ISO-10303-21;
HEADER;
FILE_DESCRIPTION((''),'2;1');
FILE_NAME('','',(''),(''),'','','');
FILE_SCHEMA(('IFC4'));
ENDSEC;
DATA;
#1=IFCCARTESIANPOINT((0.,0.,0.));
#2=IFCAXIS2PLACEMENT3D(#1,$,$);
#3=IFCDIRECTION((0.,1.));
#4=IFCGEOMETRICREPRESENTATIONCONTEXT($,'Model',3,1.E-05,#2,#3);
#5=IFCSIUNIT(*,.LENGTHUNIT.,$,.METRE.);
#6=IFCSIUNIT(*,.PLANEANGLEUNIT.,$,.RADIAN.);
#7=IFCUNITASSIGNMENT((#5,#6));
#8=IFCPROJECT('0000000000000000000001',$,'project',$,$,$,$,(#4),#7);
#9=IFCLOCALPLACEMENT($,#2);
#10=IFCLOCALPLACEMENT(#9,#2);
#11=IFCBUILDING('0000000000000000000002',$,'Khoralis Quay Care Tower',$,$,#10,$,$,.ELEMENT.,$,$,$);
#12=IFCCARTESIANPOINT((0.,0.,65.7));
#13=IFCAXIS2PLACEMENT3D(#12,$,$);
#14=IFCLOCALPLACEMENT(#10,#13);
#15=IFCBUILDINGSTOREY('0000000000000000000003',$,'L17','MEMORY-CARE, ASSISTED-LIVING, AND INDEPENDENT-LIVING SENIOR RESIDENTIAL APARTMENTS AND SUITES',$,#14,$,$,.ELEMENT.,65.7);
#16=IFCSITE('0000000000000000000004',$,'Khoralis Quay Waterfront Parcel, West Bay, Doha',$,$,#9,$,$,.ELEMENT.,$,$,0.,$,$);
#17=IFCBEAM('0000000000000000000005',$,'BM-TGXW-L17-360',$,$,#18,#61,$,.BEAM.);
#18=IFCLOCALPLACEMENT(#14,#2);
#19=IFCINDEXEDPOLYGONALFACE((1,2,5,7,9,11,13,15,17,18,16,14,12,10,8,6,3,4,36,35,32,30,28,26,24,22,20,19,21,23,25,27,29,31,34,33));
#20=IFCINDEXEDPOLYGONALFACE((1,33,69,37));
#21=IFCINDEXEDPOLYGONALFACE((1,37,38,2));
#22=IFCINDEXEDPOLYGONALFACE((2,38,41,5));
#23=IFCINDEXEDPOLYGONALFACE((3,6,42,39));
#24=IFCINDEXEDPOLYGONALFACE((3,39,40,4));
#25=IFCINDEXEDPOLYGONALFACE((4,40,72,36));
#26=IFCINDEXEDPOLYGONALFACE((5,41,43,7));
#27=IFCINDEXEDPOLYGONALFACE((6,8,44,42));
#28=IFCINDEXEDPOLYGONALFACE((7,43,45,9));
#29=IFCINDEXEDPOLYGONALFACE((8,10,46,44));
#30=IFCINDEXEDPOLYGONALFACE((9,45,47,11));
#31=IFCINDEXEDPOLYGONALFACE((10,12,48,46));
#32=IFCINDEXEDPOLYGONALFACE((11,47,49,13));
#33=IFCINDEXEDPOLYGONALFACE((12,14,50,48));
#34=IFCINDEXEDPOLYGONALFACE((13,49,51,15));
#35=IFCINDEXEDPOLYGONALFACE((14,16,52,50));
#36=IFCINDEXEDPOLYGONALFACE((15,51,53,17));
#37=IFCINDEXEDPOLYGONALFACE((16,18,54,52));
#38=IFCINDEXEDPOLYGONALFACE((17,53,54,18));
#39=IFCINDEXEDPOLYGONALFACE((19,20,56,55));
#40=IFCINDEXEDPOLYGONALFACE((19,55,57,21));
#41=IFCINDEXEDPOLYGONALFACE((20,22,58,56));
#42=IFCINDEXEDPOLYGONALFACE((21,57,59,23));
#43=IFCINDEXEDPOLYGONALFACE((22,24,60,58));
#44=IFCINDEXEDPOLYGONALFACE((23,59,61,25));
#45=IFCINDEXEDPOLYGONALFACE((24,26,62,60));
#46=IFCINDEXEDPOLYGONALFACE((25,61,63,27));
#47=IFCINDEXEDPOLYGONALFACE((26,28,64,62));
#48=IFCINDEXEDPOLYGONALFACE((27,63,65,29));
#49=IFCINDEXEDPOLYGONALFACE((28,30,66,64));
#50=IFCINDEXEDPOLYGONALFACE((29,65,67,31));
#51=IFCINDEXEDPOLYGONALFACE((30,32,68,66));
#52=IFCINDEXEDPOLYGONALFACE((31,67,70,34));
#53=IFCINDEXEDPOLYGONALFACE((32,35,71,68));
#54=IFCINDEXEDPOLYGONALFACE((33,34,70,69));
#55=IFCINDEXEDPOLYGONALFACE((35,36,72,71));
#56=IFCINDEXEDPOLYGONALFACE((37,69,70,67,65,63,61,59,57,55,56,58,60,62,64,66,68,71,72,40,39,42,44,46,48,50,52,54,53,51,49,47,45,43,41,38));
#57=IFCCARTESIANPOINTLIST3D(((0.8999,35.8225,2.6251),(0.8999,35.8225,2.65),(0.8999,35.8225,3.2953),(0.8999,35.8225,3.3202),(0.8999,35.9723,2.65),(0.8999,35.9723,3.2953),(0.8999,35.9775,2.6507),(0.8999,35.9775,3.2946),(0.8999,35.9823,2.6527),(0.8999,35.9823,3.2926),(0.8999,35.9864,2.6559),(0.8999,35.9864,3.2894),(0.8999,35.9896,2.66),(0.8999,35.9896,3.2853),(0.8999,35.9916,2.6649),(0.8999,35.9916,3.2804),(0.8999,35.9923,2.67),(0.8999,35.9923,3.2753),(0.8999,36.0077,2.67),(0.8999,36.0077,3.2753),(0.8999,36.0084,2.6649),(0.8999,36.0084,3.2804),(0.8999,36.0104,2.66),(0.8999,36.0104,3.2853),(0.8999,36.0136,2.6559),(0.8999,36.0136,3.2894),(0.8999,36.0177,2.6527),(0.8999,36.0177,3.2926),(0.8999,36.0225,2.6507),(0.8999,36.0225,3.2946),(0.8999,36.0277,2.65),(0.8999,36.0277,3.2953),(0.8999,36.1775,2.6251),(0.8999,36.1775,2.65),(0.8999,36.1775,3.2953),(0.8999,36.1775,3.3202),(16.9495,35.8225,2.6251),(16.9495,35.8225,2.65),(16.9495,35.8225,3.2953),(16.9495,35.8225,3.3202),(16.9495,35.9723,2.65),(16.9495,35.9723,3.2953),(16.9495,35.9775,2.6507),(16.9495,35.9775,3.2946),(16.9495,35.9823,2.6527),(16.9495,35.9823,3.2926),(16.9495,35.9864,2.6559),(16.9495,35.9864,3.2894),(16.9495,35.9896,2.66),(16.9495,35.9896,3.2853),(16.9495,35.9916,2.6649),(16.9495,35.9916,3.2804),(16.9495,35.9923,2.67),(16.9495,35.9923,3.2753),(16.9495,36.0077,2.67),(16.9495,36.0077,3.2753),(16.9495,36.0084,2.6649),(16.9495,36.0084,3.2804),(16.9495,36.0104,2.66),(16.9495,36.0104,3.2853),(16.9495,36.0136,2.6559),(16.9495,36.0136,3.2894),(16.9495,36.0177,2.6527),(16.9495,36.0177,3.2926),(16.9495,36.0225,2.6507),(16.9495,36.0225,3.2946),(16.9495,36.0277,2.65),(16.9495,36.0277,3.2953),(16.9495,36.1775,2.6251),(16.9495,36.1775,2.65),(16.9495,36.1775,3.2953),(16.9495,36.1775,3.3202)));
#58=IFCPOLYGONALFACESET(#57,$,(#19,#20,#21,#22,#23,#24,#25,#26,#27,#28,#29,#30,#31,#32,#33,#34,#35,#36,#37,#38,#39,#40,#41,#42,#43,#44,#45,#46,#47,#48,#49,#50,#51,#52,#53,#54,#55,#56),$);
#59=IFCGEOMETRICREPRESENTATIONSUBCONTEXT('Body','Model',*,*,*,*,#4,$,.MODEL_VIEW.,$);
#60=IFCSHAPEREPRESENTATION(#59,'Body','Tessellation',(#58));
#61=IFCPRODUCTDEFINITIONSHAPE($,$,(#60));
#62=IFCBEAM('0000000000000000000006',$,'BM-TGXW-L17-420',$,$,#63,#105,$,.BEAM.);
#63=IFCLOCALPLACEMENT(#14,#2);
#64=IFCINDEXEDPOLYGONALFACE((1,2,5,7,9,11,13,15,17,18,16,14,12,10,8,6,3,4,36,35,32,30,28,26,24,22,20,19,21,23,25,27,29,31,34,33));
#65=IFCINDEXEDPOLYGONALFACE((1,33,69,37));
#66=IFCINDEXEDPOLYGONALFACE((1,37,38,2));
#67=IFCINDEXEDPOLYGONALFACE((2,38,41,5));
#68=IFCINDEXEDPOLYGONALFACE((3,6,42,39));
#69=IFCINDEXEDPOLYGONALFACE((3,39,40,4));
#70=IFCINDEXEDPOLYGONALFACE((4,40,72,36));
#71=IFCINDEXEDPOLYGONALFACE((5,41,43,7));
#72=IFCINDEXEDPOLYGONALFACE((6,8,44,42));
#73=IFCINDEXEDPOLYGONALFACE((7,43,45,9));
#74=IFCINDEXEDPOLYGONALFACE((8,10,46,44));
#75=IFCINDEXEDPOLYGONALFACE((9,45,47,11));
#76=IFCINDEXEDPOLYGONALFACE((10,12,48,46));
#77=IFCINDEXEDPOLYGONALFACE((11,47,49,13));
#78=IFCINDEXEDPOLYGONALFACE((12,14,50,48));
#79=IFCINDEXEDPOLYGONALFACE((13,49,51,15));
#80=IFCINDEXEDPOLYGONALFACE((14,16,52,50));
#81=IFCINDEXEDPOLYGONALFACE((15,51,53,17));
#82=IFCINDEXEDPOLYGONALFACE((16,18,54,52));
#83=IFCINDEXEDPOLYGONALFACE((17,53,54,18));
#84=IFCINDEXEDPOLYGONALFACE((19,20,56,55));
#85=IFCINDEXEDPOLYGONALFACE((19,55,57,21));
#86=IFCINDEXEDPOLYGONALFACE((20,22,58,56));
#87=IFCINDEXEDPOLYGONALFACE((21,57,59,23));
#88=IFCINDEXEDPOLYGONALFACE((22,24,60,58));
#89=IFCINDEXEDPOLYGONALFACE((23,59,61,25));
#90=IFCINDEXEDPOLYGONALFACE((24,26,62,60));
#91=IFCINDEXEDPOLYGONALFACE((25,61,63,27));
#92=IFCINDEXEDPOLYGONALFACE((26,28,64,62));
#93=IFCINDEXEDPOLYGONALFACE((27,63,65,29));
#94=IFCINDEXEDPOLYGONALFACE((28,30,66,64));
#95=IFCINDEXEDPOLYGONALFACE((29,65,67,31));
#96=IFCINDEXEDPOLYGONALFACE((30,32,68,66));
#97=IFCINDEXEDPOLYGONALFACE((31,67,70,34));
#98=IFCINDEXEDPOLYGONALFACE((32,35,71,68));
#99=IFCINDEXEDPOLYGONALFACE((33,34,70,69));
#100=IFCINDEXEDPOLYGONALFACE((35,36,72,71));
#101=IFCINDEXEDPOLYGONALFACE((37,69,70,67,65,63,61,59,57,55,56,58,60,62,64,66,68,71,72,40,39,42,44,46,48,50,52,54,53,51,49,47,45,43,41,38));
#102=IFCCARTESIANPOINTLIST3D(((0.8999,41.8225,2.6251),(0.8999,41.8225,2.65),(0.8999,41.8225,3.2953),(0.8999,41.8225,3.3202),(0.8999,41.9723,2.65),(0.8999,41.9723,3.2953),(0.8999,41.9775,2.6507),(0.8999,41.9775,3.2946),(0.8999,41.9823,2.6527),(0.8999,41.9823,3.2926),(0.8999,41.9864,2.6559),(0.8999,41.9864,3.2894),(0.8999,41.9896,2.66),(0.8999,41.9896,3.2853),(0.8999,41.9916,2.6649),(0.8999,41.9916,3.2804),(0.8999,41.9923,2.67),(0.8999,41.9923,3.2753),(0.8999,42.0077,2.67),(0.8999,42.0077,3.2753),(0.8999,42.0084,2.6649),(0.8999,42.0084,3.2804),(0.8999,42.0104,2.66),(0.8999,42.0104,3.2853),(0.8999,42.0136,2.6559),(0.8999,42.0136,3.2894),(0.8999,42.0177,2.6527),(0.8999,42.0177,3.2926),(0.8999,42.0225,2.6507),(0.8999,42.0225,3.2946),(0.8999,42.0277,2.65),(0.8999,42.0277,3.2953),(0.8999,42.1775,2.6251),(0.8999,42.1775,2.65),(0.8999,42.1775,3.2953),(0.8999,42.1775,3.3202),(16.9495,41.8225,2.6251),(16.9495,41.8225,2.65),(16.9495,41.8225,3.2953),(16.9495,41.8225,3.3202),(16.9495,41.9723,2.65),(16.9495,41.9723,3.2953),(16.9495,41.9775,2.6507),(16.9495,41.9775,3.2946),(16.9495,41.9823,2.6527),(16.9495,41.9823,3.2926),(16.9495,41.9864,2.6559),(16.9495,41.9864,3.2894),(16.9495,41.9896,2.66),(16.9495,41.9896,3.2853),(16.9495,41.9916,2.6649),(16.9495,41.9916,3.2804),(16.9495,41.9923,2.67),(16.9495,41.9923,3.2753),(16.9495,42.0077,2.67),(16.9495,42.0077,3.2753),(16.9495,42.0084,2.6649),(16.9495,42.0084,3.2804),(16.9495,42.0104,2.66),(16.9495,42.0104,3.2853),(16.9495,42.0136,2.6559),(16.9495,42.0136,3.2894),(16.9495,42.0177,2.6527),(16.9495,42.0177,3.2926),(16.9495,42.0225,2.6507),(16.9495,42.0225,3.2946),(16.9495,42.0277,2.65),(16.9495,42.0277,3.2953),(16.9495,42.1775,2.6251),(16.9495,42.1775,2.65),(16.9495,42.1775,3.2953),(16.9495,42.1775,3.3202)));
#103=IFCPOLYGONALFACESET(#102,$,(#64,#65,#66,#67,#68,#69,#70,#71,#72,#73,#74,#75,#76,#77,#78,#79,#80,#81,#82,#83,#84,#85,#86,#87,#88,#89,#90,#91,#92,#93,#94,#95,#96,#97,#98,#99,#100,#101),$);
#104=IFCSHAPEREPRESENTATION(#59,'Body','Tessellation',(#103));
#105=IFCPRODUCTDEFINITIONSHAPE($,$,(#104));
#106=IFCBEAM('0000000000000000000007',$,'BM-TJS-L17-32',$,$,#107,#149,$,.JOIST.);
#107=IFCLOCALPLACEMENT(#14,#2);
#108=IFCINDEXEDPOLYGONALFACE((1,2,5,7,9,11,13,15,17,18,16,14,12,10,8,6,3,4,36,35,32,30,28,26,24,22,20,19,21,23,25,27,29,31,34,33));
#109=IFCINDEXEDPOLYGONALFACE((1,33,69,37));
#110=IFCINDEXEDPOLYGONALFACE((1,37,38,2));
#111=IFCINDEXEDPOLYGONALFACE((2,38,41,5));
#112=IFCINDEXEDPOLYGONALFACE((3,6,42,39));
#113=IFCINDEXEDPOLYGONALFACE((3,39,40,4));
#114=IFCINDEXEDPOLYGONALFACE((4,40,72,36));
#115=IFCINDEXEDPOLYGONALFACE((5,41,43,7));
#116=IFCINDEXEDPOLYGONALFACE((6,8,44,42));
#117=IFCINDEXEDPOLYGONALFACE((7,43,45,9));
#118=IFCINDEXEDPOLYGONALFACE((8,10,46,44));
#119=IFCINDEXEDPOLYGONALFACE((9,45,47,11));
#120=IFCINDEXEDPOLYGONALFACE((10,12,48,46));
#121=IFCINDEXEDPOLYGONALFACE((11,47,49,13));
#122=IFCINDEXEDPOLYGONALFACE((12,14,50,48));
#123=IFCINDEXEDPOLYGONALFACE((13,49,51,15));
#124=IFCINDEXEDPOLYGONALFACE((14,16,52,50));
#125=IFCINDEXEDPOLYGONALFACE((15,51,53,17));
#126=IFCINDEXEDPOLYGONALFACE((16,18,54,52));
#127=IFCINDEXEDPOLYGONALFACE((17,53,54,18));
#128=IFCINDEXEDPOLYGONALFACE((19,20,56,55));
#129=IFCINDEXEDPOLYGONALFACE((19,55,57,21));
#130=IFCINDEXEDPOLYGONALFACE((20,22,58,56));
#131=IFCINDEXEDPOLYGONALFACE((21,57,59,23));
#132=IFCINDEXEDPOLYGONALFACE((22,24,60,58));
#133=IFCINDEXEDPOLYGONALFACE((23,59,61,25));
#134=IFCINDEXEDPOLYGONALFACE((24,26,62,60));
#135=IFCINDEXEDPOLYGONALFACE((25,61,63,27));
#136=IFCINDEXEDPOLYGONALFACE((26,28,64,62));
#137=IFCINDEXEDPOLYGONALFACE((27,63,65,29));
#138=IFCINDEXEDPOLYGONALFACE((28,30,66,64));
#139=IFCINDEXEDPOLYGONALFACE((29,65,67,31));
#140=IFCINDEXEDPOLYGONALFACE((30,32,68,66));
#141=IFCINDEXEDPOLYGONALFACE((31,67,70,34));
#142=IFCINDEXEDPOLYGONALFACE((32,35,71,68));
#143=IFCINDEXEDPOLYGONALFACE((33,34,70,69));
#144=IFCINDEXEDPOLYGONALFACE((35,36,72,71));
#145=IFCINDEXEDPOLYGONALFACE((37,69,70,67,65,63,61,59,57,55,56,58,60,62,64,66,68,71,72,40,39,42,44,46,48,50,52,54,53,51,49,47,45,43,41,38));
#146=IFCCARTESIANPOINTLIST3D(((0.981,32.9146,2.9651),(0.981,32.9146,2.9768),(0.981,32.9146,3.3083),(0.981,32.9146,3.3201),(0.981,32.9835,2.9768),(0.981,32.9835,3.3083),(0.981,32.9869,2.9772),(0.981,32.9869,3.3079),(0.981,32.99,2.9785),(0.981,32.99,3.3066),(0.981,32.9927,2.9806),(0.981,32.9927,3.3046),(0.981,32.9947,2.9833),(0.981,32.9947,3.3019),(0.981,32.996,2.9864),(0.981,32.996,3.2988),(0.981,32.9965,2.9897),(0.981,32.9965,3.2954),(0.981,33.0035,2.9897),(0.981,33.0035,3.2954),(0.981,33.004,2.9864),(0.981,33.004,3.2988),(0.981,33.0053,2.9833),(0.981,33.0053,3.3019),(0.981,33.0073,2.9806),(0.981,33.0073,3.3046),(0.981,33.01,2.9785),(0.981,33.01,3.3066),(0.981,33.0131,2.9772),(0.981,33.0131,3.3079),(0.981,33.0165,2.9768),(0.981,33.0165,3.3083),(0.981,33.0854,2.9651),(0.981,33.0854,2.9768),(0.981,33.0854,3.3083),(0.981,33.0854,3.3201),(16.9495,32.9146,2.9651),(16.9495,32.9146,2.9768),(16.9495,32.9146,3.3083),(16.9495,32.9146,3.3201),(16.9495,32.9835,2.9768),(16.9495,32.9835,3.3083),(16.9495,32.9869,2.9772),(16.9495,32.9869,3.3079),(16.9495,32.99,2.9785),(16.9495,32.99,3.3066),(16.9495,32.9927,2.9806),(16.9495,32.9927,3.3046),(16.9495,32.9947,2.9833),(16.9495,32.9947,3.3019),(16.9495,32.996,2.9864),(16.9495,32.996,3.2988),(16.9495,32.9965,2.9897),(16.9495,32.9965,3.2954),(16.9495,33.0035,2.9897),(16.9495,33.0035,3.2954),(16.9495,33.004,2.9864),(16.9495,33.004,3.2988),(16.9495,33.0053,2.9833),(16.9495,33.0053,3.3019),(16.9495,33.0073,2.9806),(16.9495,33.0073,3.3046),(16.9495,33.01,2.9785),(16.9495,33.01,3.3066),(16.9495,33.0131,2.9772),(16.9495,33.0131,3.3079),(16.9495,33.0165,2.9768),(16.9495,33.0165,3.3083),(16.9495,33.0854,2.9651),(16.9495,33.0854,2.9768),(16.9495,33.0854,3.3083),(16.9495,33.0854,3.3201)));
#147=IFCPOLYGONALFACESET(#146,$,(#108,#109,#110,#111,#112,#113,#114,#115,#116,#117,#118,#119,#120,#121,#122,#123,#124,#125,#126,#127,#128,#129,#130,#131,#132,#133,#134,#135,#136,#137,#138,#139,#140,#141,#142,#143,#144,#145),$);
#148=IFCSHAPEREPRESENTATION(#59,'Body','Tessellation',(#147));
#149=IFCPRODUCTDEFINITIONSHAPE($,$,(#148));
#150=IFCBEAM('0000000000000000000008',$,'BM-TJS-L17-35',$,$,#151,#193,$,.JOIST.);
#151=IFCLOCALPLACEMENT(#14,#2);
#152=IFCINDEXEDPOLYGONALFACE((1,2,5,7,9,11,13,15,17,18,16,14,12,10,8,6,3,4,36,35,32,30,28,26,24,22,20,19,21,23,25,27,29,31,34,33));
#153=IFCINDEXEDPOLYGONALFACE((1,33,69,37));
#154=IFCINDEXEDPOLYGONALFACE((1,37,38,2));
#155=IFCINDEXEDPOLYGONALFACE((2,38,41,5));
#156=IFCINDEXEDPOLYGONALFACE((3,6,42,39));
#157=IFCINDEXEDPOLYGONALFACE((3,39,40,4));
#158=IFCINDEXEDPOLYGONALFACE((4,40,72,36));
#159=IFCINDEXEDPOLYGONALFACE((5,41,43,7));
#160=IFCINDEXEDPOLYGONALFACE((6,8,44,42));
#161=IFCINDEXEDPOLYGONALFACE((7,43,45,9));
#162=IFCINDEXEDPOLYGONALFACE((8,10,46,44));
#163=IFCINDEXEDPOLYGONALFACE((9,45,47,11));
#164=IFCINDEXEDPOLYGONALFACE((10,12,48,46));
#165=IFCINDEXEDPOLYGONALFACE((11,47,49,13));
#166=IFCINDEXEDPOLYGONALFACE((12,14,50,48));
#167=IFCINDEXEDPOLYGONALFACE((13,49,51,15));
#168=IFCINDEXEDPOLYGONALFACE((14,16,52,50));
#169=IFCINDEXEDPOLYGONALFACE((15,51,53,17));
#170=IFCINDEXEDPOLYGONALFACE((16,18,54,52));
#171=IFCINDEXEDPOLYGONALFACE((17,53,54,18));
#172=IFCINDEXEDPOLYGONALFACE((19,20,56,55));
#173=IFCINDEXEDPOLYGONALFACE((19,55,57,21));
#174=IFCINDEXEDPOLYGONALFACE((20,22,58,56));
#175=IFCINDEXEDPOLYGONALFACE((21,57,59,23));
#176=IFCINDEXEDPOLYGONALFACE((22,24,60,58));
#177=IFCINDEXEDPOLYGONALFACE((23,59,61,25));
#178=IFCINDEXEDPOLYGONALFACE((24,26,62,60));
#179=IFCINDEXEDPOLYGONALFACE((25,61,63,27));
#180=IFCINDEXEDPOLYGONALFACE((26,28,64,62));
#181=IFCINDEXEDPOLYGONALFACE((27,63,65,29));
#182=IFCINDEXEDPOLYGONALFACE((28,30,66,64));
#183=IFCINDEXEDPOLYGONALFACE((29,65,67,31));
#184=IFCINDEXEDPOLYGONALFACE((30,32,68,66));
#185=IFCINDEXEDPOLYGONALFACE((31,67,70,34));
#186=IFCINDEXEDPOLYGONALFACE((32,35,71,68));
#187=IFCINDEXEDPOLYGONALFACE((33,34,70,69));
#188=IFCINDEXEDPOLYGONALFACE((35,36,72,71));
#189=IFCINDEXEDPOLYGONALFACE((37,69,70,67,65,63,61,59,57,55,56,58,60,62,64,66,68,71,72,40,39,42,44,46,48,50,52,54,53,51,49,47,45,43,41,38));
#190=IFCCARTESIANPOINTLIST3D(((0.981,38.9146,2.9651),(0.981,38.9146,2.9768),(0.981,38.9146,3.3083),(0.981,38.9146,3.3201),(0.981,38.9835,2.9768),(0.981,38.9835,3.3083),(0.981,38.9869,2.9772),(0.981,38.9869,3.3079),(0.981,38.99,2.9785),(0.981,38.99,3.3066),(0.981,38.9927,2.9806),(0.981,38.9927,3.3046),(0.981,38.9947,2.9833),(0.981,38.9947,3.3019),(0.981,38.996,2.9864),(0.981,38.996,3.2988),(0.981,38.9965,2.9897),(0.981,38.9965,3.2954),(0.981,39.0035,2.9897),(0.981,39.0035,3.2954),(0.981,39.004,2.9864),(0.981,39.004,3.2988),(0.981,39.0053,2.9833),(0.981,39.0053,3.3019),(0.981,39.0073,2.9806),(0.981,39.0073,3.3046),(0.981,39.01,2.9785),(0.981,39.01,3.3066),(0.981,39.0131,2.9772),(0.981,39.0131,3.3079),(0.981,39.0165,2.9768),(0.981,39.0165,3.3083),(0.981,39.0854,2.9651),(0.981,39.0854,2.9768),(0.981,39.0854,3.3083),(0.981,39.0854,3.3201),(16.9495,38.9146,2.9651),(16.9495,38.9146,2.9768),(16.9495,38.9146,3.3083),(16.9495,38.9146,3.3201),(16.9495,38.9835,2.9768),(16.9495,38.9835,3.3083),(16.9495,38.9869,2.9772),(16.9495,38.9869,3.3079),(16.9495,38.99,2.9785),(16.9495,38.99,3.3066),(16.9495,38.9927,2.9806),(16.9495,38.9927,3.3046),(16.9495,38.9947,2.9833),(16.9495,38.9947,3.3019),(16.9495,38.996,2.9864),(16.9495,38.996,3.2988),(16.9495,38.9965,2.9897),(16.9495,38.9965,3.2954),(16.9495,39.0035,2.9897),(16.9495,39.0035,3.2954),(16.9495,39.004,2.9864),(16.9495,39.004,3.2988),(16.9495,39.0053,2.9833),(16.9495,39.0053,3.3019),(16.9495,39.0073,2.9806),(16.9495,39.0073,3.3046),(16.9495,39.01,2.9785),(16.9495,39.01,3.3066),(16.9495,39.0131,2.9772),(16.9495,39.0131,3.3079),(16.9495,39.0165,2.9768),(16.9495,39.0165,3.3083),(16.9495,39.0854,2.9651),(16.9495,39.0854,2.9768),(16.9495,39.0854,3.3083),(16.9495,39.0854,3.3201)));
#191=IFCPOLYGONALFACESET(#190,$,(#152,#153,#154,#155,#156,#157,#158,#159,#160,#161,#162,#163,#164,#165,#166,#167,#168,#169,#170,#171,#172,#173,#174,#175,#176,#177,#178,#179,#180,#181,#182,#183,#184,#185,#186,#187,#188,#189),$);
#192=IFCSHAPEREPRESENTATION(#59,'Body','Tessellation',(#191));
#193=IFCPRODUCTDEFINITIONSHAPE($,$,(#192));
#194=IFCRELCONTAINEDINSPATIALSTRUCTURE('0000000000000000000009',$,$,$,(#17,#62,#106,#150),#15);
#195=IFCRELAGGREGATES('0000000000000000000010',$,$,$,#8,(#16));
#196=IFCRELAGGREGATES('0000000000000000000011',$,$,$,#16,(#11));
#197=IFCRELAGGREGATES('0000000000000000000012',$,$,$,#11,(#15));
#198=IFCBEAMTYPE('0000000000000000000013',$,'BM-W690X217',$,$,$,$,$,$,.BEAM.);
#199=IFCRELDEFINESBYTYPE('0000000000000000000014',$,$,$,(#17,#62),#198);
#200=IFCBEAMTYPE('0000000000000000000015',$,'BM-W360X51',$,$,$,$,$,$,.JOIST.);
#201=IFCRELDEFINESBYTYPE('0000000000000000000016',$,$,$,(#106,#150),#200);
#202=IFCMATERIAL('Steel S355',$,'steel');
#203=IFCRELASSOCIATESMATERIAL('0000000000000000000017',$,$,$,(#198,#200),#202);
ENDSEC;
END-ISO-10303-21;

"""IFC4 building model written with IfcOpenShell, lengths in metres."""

from ifc_helpers import new_model, si_unit, direction, frame, origin, origin_2d, place, context, subcontext, project, spatial, i_section, extrude, source, transform, mapped, material, material_profile, profile_set, type_object, element, save


model = new_model("IFC4")

# Units and contexts
model_context = context("Model", 3, precision=1e-05, world=origin(), true_north=direction((0.0, 1.0)))
body_context = subcontext(model_context, "Body", "Model", "MODEL_VIEW")
ifc_project = project(units=[si_unit("LENGTHUNIT", "METRE"), si_unit("PLANEANGLEUNIT", "RADIAN")], contexts=[model_context])

# Site, building, storey
site_placement = place(None, origin())
site = spatial("IfcSite", under=ifc_project, at=site_placement, Name="Khoralis Quay Waterfront Parcel, West Bay, Doha", CompositionType="ELEMENT", RefElevation=0.0)
building_placement = place(site_placement, origin())
building = spatial("IfcBuilding", under=site, at=building_placement, Name="Khoralis Quay Care Tower", CompositionType="ELEMENT")
storey_placement = place(building_placement, frame((0.0, 0.0, 65.7)))
storey = spatial("IfcBuildingStorey", under=building, at=storey_placement, Name="L17", Description="MEMORY-CARE, ASSISTED-LIVING, AND INDEPENDENT-LIVING SENIOR RESIDENTIAL APARTMENTS AND SUITES", CompositionType="ELEMENT", Elevation=65.7)

# Beams
ifc_material_1 = material(Name="Steel S355", Category="steel")
ifc_material_profile_1 = material_profile(ifc_material_1, i_section(OverallWidth=0.355, OverallDepth=0.6951, WebThickness=0.0154, FlangeThickness=0.0249, FilletRadius=0.02, at=origin_2d()), Name="Steel S355")
ifc_profile_set_1 = profile_set([ifc_material_profile_1], Name="Steel S355")
beam_type_1 = type_object("IfcBeamType", Name="BM-W690X217", PredefinedType="BEAM", material=ifc_profile_set_1)
shared_shape_1 = source(origin(), body_context, "Body", "SweptSolid", [
    extrude(i_section(OverallWidth=0.355, OverallDepth=0.6951, WebThickness=0.0154, FlangeThickness=0.0249, FilletRadius=0.02, at=origin_2d()), origin(), (0.0, 0.0, 1.0), 16.0496),
])
for number, where, z_axis, x_axis, name in (
    (1, (0.8999, 36.0, 2.9727), (1.0, 0.0, 0.0), (0.0, 1.0, 0.0), "BM-TGXW-L17-360"),
    (2, (0.8999, 42.0, 2.9727), (1.0, 0.0, 0.0), (0.0, 1.0, 0.0), "BM-TGXW-L17-420"),
):
    element("IfcBeam", number, at=place(storey_placement, frame(where, z_axis=z_axis, x_axis=x_axis)), inside=storey, type_object=beam_type_1, Name=name, PredefinedType="BEAM", context=body_context, shape_type="MappedRepresentation", body=[
        mapped(shared_shape_1, transform((0.0, 0.0, 0.0), scale=1.0)),
    ])
ifc_material_profile_2 = material_profile(ifc_material_1, i_section(OverallWidth=0.1709, OverallDepth=0.355, WebThickness=0.0071, FlangeThickness=0.0117, FilletRadius=0.0129, at=origin_2d()), Name="Steel S355")
ifc_profile_set_2 = profile_set([ifc_material_profile_2], Name="Steel S355")
beam_type_2 = type_object("IfcBeamType", Name="BM-W360X51", PredefinedType="JOIST", material=ifc_profile_set_2)
shared_shape_2 = source(origin(), body_context, "Body", "SweptSolid", [
    extrude(i_section(OverallWidth=0.1709, OverallDepth=0.355, WebThickness=0.0071, FlangeThickness=0.0117, FilletRadius=0.0129, at=origin_2d()), origin(), (0.0, 0.0, 1.0), 15.9685),
])
for number, where, z_axis, x_axis, name in (
    (3, (0.981, 33.0, 3.1426), (1.0, 0.0, 0.0), (0.0, 1.0, 0.0), "BM-TJS-L17-32"),
    (4, (0.981, 39.0, 3.1426), (1.0, 0.0, 0.0), (0.0, 1.0, 0.0), "BM-TJS-L17-35"),
):
    element("IfcBeam", number, at=place(storey_placement, frame(where, z_axis=z_axis, x_axis=x_axis)), inside=storey, type_object=beam_type_2, Name=name, PredefinedType="JOIST", context=body_context, shape_type="MappedRepresentation", body=[
        mapped(shared_shape_2, transform((0.0, 0.0, 0.0), scale=1.0)),
    ])

save(model, "model.ifc")
